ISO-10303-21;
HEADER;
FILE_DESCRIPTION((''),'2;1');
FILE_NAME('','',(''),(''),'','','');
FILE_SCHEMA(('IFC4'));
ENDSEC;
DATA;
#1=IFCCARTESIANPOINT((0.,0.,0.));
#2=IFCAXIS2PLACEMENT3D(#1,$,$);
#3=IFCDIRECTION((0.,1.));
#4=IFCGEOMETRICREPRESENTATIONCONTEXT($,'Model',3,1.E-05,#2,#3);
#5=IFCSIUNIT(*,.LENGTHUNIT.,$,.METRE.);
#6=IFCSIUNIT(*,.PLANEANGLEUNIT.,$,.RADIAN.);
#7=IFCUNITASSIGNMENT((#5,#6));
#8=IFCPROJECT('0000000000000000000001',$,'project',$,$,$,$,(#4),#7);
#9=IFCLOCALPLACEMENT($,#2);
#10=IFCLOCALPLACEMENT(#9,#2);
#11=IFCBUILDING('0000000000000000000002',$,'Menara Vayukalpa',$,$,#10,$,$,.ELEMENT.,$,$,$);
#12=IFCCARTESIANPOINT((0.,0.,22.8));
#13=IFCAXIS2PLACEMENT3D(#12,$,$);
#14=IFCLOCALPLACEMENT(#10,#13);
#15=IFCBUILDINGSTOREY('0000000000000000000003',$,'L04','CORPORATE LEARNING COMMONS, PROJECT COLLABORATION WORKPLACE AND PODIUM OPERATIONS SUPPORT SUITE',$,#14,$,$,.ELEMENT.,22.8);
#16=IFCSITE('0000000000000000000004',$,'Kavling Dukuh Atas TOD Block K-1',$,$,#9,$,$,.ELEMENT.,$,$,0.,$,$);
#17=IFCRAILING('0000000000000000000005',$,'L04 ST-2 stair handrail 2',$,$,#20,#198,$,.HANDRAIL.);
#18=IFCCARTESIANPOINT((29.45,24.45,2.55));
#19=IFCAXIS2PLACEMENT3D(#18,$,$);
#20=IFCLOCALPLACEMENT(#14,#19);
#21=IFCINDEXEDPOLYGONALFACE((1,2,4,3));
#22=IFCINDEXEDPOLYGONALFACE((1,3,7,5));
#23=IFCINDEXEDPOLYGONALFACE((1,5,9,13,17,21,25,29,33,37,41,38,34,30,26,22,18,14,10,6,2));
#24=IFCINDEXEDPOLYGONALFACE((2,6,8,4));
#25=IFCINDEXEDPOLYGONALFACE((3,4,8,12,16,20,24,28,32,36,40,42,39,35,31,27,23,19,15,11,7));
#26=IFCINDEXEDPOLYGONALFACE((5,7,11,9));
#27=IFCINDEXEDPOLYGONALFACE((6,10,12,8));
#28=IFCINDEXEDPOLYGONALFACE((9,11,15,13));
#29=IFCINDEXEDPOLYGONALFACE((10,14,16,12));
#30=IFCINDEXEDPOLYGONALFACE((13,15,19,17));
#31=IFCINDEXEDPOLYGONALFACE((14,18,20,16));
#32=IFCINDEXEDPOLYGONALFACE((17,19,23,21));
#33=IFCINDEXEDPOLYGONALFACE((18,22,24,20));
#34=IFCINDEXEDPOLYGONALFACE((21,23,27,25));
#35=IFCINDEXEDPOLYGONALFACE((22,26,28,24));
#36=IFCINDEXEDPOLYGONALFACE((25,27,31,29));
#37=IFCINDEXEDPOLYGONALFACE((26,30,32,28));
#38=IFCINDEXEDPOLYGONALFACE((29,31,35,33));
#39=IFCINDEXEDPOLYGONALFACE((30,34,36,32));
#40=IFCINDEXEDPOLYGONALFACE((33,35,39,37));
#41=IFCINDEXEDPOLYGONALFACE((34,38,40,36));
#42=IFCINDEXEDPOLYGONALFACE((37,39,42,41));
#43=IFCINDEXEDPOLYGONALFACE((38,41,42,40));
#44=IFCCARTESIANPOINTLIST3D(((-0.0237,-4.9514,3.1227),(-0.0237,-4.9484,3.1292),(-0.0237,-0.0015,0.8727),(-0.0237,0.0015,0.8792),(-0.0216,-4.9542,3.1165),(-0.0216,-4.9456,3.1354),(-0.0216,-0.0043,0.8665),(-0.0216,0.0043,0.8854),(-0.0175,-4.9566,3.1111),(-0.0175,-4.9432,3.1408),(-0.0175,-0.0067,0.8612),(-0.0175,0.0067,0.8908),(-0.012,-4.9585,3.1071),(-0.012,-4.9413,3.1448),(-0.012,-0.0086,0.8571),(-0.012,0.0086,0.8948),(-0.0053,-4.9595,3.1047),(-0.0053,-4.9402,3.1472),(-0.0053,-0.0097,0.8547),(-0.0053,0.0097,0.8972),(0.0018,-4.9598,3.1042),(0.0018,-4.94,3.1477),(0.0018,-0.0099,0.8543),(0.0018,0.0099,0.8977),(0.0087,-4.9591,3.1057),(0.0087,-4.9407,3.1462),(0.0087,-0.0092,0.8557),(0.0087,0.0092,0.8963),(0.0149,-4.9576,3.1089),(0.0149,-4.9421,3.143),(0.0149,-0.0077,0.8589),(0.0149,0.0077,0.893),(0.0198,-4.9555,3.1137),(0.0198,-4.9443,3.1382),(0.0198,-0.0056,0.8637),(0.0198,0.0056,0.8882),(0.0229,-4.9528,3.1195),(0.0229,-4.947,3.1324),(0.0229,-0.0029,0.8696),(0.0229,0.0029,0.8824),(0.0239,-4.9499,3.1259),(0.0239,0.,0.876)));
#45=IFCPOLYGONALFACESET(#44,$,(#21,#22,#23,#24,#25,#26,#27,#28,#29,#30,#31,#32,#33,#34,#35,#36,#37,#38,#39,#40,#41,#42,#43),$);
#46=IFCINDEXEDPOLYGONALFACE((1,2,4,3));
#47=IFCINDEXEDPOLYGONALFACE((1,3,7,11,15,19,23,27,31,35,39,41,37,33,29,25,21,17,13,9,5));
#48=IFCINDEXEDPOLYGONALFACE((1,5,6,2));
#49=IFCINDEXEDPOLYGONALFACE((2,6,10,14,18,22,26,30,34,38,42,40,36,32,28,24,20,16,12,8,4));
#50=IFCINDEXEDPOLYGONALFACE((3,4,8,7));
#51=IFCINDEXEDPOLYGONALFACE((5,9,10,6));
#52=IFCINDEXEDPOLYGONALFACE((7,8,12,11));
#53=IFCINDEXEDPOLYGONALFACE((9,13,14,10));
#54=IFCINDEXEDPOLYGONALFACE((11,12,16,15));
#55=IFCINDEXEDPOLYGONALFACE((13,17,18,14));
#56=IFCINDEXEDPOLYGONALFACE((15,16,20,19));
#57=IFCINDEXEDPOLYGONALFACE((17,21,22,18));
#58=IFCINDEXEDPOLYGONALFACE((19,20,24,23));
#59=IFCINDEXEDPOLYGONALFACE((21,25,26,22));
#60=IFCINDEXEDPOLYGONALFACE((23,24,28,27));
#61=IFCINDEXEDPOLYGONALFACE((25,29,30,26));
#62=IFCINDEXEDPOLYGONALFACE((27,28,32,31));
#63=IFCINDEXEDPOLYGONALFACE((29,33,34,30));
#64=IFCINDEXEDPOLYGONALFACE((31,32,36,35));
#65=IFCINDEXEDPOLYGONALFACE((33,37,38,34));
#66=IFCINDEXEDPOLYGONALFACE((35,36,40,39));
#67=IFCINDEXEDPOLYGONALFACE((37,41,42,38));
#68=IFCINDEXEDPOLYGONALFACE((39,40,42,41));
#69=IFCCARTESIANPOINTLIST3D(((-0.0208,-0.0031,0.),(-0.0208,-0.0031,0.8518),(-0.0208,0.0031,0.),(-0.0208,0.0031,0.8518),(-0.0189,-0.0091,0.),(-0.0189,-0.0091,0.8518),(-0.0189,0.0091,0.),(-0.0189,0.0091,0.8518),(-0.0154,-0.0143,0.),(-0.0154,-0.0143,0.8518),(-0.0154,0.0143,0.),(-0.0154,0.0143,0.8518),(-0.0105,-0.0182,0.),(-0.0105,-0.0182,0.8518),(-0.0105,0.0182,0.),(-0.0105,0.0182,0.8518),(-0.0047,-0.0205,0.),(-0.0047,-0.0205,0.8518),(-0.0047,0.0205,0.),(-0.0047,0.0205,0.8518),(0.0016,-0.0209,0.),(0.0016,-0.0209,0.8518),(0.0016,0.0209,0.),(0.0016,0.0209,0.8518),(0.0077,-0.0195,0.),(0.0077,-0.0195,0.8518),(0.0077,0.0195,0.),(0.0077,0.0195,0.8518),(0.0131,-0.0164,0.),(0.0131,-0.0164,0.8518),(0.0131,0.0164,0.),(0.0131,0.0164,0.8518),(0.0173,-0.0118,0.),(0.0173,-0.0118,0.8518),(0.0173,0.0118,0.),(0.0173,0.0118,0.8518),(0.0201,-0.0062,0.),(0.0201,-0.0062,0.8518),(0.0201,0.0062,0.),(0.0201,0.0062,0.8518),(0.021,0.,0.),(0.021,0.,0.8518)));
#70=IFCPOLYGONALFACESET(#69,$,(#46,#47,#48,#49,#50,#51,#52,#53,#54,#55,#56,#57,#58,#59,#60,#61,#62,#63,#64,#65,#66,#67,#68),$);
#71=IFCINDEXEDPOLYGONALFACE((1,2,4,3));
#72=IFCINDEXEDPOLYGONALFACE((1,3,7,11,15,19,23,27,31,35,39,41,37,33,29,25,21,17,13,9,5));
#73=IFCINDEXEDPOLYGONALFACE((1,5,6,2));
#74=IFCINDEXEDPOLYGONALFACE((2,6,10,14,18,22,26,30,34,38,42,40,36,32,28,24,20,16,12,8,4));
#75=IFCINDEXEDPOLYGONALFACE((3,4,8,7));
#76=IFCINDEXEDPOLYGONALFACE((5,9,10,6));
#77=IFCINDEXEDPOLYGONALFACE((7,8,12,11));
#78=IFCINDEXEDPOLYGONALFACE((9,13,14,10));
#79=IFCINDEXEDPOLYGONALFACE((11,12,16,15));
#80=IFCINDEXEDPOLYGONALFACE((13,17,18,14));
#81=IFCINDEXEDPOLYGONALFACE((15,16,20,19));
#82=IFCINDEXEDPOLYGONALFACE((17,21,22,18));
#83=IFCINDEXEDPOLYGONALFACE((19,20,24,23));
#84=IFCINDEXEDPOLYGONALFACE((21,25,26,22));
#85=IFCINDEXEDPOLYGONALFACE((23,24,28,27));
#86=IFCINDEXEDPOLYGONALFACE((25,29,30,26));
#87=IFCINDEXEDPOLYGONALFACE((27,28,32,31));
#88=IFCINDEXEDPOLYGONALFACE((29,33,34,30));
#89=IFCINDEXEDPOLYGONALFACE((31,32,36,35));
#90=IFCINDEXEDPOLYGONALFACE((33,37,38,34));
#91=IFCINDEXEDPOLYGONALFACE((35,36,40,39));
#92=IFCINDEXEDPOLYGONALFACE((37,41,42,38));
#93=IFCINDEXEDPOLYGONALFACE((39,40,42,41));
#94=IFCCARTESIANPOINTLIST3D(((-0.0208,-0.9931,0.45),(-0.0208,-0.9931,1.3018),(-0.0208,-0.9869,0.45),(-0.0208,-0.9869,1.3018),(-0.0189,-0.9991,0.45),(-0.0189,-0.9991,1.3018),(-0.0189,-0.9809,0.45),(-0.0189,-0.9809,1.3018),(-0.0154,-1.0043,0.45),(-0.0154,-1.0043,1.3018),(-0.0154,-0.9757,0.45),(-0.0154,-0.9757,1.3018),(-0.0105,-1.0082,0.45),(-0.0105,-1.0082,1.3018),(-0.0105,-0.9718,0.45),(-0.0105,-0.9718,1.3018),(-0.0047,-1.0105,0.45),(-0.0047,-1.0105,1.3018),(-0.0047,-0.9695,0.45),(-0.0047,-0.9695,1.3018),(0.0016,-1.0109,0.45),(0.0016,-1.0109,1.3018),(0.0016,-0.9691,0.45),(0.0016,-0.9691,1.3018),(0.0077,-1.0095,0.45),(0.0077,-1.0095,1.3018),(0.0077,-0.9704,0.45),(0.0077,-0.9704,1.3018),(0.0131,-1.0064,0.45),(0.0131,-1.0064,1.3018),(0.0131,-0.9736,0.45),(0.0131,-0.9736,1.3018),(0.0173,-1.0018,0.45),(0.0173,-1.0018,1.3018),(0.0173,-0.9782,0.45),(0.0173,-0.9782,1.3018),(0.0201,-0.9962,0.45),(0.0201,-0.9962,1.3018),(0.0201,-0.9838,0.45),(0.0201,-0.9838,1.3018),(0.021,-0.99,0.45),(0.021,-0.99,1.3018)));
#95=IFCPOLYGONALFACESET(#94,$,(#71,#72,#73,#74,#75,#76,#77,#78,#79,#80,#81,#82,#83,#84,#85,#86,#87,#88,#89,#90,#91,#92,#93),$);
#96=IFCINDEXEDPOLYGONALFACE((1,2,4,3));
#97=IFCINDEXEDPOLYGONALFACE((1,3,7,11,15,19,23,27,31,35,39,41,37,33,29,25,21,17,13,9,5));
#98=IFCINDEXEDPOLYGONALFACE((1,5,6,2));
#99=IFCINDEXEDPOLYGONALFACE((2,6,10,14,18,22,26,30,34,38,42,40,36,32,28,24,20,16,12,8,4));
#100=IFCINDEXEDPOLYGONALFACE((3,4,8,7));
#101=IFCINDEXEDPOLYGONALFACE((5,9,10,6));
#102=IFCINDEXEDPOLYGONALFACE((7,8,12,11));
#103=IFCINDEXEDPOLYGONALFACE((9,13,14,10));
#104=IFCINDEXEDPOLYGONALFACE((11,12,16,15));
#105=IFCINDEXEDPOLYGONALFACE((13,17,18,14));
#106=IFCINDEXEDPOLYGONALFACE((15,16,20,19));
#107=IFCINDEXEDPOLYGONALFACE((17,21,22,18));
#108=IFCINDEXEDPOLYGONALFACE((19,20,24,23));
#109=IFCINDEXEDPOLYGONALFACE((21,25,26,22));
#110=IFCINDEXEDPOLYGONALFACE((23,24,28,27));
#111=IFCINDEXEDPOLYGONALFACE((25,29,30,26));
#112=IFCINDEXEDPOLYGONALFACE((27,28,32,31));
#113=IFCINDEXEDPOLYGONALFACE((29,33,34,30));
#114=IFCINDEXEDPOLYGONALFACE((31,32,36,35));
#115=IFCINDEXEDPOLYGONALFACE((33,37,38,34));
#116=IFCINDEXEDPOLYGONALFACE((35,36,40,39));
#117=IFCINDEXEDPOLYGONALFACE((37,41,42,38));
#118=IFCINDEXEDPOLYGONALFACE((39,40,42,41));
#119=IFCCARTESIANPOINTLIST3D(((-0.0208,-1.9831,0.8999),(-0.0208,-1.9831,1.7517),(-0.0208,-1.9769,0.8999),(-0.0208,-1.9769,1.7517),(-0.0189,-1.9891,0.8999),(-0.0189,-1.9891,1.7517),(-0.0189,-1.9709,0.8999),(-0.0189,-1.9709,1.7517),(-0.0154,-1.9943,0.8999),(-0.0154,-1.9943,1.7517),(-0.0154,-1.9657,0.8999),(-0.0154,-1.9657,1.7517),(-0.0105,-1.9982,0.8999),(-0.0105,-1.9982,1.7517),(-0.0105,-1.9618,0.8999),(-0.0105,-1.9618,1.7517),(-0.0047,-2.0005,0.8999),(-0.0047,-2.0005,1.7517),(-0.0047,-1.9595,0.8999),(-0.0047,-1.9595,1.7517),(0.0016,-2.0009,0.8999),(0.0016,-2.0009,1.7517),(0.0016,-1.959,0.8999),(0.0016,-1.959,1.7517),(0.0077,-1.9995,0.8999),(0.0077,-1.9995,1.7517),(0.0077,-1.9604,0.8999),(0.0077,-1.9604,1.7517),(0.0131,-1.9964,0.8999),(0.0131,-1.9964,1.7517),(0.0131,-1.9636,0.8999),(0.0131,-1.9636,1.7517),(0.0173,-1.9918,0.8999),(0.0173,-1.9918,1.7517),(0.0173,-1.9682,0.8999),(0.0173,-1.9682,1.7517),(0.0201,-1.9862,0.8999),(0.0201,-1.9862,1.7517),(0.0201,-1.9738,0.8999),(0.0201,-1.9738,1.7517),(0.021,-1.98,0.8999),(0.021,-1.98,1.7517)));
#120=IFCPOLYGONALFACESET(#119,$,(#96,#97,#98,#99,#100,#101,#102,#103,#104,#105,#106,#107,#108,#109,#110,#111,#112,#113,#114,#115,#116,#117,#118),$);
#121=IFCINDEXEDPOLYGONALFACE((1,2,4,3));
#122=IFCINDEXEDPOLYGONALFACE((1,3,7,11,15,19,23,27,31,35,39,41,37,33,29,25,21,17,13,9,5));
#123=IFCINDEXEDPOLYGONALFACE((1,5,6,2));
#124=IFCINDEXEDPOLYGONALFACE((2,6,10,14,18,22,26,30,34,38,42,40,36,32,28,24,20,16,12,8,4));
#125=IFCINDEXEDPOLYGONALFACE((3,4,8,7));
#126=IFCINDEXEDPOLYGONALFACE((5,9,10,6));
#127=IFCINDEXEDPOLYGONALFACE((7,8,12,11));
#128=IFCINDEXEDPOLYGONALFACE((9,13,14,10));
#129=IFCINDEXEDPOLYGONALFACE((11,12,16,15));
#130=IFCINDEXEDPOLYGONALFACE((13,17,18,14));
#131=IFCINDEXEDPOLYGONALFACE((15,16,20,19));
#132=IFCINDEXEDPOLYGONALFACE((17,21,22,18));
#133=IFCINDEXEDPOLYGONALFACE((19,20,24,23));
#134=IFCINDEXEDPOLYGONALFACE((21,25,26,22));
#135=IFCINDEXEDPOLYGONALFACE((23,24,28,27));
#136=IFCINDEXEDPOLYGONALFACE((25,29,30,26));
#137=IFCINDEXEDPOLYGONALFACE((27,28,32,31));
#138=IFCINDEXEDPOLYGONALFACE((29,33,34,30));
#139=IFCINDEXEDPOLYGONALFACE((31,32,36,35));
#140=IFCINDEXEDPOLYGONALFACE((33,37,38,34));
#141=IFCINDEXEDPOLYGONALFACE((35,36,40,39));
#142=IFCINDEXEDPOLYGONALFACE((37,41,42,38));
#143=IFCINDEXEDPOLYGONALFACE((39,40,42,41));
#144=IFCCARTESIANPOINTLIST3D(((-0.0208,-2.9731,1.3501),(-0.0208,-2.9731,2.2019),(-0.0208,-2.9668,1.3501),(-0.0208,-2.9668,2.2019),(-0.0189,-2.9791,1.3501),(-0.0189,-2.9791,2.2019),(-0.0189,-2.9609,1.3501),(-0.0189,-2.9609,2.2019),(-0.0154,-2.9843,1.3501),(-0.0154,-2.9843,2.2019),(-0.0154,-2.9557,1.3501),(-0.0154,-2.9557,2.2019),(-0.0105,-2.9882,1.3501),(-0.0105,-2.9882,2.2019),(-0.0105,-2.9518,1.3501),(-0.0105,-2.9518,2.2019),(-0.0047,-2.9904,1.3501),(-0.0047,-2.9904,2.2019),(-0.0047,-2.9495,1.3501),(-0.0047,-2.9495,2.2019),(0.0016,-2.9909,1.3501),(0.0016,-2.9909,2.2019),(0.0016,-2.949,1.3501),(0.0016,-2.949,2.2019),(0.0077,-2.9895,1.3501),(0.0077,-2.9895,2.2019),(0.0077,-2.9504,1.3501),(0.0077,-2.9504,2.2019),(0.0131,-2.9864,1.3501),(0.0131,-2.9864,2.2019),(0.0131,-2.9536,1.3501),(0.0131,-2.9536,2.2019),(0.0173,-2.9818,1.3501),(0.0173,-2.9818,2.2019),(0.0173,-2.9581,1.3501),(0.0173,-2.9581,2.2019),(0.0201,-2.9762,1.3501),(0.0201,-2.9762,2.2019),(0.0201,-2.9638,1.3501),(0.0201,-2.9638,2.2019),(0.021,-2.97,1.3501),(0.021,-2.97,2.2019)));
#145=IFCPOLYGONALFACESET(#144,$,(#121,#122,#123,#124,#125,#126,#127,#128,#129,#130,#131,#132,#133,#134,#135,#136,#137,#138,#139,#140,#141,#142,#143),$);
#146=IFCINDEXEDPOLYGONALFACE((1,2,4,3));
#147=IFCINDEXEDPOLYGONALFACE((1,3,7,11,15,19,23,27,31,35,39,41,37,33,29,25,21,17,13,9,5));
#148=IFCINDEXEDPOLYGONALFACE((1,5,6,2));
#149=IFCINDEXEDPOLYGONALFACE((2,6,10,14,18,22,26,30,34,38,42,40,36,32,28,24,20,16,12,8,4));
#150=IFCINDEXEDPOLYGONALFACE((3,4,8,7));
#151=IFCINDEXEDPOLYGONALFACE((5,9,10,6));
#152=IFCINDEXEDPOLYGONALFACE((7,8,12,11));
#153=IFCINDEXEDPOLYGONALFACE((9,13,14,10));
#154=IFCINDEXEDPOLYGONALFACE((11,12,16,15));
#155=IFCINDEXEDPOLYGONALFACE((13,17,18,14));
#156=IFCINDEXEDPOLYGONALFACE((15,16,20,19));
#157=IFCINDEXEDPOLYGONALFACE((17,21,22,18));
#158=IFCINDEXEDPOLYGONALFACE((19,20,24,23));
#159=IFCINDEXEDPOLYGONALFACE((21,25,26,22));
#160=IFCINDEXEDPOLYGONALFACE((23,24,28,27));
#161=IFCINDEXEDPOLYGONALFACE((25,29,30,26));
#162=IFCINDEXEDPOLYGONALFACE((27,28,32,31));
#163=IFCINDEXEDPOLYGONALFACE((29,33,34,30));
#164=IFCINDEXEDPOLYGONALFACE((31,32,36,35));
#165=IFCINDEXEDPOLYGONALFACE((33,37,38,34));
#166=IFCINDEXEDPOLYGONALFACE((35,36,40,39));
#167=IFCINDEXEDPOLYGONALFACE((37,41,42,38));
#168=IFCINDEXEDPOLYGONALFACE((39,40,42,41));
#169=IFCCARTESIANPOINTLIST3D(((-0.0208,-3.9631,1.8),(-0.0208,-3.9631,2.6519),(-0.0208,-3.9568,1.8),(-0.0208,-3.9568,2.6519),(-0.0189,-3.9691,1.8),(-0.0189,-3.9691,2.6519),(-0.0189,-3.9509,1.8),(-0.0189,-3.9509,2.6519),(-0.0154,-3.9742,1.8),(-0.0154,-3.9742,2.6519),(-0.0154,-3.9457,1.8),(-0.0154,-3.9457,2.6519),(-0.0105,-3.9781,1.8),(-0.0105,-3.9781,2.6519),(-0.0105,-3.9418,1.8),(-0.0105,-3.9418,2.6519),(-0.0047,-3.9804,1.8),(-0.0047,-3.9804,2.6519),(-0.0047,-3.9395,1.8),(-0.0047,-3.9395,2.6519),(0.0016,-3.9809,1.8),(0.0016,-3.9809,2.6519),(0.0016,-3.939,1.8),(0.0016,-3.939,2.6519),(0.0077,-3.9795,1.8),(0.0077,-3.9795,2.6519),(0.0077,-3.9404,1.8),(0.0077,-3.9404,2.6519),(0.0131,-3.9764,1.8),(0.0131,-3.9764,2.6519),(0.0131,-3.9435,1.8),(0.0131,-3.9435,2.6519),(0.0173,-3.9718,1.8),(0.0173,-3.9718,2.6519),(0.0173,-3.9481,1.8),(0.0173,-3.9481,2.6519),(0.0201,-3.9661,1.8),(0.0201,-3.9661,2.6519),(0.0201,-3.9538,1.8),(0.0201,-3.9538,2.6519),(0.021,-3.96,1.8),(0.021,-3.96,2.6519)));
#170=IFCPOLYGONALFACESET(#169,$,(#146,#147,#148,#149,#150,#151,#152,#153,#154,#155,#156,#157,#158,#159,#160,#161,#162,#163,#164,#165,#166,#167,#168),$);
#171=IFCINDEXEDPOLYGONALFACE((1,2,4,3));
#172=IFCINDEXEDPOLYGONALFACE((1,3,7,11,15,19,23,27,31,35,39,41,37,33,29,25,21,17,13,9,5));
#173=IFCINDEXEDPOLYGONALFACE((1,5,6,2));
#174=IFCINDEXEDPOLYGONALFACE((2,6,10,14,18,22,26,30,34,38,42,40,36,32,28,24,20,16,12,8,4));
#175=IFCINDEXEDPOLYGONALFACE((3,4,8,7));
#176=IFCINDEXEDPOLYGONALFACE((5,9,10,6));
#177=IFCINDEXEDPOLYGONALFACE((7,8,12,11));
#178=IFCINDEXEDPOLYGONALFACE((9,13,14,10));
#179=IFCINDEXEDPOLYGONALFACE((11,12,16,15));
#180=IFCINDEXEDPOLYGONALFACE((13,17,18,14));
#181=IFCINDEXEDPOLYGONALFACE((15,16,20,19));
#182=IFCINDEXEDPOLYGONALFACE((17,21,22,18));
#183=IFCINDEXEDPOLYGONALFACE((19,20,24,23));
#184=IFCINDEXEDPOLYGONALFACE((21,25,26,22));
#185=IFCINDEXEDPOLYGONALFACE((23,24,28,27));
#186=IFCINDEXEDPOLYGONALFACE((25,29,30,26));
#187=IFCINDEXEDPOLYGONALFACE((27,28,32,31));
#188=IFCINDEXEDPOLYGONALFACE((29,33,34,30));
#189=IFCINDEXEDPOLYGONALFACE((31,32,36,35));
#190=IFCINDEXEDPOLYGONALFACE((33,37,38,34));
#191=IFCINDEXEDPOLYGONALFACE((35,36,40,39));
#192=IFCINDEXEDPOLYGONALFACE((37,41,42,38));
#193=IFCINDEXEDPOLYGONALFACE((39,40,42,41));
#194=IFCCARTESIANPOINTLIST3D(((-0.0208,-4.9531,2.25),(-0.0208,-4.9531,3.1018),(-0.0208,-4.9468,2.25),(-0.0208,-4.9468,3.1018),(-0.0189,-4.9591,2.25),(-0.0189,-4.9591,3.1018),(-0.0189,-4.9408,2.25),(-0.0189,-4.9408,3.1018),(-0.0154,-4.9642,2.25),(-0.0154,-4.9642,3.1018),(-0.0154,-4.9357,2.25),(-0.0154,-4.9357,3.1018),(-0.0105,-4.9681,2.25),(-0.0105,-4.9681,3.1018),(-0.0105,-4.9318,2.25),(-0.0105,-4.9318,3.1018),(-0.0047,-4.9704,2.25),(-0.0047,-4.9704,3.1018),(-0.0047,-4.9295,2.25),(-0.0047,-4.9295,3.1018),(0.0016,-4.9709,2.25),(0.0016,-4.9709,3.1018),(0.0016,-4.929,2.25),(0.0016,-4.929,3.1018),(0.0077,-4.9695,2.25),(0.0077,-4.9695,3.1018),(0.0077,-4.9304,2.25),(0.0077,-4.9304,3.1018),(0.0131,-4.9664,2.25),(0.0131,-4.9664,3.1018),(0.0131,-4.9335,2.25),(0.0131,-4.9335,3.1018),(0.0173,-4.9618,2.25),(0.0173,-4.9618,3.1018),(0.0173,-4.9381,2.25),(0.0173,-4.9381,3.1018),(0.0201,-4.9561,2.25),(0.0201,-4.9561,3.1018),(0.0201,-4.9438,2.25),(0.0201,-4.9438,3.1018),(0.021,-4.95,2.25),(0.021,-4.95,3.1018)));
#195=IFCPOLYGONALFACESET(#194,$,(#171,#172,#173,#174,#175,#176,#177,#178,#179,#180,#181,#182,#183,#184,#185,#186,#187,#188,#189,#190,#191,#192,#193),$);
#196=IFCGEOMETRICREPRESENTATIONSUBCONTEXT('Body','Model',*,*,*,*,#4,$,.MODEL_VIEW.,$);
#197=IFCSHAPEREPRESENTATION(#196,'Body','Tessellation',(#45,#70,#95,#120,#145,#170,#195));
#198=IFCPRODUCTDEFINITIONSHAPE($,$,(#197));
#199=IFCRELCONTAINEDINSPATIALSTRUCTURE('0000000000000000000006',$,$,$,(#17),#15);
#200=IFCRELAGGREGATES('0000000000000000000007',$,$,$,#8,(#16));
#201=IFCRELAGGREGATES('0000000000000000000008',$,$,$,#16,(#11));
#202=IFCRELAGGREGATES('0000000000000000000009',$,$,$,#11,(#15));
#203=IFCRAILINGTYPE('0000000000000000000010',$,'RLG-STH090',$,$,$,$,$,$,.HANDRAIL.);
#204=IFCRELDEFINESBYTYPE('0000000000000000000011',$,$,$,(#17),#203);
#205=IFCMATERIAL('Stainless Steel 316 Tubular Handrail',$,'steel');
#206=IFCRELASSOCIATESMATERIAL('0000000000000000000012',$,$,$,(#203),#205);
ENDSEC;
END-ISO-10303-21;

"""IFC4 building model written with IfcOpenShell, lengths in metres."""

from ifc_helpers import new_model, si_unit, direction, frame, origin, origin_2d, place, context, subcontext, project, spatial, circle, extrude, material, type_object, element, save


model = new_model("IFC4")

# Units and contexts
model_context = context("Model", 3, precision=1e-05, world=origin(), true_north=direction((0.0, 1.0)))
body_context = subcontext(model_context, "Body", "Model", "MODEL_VIEW")
ifc_project = project(units=[si_unit("LENGTHUNIT", "METRE"), si_unit("PLANEANGLEUNIT", "RADIAN")], contexts=[model_context])

# Site, building, storey
site_placement = place(None, origin())
site = spatial("IfcSite", under=ifc_project, at=site_placement, Name="Kavling Dukuh Atas TOD Block K-1", CompositionType="ELEMENT", RefElevation=0.0)
building_placement = place(site_placement, origin())
building = spatial("IfcBuilding", under=site, at=building_placement, Name="Menara Vayukalpa", CompositionType="ELEMENT")
storey_placement = place(building_placement, frame((0.0, 0.0, 22.8)))
storey = spatial("IfcBuildingStorey", under=building, at=storey_placement, Name="L04", Description="CORPORATE LEARNING COMMONS, PROJECT COLLABORATION WORKPLACE AND PODIUM OPERATIONS SUPPORT SUITE", CompositionType="ELEMENT", Elevation=22.8)

# Railing
ifc_material_1 = material(Name="Stainless Steel 316 Tubular Handrail", Category="steel")
railing_type_1 = type_object("IfcRailingType", Name="RLG-STH090", PredefinedType="HANDRAIL", material=ifc_material_1)
railing_1_placement = place(storey_placement, frame((29.45, 24.45, 2.55)))
element("IfcRailing", 1, at=railing_1_placement, inside=storey, type_object=railing_type_1, Name="L04 ST-2 stair handrail 2", PredefinedType="HANDRAIL", context=body_context, shape_type="SweptSolid", body=[
    extrude(circle(Radius=0.0239, at=origin_2d()), frame((0.0, 0.0, 0.876), z_axis=(0.0, -0.910365, 0.413806), x_axis=(1.0, 0.0, 0.0)), (0.0, 0.0, 1.0), 5.4373),
    extrude(circle(Radius=0.021, at=origin_2d()), origin(), (0.0, 0.0, 1.0), 0.8518),
    extrude(circle(Radius=0.021, at=origin_2d()), frame((0.0, -0.99, 0.45)), (0.0, 0.0, 1.0), 0.8518),
    extrude(circle(Radius=0.021, at=origin_2d()), frame((0.0, -1.98, 0.8999)), (0.0, 0.0, 1.0), 0.8518),
    extrude(circle(Radius=0.021, at=origin_2d()), frame((0.0, -2.97, 1.3501)), (0.0, 0.0, 1.0), 0.8518),
    extrude(circle(Radius=0.021, at=origin_2d()), frame((0.0, -3.96, 1.8)), (0.0, 0.0, 1.0), 0.8518),
    extrude(circle(Radius=0.021, at=origin_2d()), frame((0.0, -4.95, 2.25)), (0.0, 0.0, 1.0), 0.8518),
])

save(model, "model.ifc")
